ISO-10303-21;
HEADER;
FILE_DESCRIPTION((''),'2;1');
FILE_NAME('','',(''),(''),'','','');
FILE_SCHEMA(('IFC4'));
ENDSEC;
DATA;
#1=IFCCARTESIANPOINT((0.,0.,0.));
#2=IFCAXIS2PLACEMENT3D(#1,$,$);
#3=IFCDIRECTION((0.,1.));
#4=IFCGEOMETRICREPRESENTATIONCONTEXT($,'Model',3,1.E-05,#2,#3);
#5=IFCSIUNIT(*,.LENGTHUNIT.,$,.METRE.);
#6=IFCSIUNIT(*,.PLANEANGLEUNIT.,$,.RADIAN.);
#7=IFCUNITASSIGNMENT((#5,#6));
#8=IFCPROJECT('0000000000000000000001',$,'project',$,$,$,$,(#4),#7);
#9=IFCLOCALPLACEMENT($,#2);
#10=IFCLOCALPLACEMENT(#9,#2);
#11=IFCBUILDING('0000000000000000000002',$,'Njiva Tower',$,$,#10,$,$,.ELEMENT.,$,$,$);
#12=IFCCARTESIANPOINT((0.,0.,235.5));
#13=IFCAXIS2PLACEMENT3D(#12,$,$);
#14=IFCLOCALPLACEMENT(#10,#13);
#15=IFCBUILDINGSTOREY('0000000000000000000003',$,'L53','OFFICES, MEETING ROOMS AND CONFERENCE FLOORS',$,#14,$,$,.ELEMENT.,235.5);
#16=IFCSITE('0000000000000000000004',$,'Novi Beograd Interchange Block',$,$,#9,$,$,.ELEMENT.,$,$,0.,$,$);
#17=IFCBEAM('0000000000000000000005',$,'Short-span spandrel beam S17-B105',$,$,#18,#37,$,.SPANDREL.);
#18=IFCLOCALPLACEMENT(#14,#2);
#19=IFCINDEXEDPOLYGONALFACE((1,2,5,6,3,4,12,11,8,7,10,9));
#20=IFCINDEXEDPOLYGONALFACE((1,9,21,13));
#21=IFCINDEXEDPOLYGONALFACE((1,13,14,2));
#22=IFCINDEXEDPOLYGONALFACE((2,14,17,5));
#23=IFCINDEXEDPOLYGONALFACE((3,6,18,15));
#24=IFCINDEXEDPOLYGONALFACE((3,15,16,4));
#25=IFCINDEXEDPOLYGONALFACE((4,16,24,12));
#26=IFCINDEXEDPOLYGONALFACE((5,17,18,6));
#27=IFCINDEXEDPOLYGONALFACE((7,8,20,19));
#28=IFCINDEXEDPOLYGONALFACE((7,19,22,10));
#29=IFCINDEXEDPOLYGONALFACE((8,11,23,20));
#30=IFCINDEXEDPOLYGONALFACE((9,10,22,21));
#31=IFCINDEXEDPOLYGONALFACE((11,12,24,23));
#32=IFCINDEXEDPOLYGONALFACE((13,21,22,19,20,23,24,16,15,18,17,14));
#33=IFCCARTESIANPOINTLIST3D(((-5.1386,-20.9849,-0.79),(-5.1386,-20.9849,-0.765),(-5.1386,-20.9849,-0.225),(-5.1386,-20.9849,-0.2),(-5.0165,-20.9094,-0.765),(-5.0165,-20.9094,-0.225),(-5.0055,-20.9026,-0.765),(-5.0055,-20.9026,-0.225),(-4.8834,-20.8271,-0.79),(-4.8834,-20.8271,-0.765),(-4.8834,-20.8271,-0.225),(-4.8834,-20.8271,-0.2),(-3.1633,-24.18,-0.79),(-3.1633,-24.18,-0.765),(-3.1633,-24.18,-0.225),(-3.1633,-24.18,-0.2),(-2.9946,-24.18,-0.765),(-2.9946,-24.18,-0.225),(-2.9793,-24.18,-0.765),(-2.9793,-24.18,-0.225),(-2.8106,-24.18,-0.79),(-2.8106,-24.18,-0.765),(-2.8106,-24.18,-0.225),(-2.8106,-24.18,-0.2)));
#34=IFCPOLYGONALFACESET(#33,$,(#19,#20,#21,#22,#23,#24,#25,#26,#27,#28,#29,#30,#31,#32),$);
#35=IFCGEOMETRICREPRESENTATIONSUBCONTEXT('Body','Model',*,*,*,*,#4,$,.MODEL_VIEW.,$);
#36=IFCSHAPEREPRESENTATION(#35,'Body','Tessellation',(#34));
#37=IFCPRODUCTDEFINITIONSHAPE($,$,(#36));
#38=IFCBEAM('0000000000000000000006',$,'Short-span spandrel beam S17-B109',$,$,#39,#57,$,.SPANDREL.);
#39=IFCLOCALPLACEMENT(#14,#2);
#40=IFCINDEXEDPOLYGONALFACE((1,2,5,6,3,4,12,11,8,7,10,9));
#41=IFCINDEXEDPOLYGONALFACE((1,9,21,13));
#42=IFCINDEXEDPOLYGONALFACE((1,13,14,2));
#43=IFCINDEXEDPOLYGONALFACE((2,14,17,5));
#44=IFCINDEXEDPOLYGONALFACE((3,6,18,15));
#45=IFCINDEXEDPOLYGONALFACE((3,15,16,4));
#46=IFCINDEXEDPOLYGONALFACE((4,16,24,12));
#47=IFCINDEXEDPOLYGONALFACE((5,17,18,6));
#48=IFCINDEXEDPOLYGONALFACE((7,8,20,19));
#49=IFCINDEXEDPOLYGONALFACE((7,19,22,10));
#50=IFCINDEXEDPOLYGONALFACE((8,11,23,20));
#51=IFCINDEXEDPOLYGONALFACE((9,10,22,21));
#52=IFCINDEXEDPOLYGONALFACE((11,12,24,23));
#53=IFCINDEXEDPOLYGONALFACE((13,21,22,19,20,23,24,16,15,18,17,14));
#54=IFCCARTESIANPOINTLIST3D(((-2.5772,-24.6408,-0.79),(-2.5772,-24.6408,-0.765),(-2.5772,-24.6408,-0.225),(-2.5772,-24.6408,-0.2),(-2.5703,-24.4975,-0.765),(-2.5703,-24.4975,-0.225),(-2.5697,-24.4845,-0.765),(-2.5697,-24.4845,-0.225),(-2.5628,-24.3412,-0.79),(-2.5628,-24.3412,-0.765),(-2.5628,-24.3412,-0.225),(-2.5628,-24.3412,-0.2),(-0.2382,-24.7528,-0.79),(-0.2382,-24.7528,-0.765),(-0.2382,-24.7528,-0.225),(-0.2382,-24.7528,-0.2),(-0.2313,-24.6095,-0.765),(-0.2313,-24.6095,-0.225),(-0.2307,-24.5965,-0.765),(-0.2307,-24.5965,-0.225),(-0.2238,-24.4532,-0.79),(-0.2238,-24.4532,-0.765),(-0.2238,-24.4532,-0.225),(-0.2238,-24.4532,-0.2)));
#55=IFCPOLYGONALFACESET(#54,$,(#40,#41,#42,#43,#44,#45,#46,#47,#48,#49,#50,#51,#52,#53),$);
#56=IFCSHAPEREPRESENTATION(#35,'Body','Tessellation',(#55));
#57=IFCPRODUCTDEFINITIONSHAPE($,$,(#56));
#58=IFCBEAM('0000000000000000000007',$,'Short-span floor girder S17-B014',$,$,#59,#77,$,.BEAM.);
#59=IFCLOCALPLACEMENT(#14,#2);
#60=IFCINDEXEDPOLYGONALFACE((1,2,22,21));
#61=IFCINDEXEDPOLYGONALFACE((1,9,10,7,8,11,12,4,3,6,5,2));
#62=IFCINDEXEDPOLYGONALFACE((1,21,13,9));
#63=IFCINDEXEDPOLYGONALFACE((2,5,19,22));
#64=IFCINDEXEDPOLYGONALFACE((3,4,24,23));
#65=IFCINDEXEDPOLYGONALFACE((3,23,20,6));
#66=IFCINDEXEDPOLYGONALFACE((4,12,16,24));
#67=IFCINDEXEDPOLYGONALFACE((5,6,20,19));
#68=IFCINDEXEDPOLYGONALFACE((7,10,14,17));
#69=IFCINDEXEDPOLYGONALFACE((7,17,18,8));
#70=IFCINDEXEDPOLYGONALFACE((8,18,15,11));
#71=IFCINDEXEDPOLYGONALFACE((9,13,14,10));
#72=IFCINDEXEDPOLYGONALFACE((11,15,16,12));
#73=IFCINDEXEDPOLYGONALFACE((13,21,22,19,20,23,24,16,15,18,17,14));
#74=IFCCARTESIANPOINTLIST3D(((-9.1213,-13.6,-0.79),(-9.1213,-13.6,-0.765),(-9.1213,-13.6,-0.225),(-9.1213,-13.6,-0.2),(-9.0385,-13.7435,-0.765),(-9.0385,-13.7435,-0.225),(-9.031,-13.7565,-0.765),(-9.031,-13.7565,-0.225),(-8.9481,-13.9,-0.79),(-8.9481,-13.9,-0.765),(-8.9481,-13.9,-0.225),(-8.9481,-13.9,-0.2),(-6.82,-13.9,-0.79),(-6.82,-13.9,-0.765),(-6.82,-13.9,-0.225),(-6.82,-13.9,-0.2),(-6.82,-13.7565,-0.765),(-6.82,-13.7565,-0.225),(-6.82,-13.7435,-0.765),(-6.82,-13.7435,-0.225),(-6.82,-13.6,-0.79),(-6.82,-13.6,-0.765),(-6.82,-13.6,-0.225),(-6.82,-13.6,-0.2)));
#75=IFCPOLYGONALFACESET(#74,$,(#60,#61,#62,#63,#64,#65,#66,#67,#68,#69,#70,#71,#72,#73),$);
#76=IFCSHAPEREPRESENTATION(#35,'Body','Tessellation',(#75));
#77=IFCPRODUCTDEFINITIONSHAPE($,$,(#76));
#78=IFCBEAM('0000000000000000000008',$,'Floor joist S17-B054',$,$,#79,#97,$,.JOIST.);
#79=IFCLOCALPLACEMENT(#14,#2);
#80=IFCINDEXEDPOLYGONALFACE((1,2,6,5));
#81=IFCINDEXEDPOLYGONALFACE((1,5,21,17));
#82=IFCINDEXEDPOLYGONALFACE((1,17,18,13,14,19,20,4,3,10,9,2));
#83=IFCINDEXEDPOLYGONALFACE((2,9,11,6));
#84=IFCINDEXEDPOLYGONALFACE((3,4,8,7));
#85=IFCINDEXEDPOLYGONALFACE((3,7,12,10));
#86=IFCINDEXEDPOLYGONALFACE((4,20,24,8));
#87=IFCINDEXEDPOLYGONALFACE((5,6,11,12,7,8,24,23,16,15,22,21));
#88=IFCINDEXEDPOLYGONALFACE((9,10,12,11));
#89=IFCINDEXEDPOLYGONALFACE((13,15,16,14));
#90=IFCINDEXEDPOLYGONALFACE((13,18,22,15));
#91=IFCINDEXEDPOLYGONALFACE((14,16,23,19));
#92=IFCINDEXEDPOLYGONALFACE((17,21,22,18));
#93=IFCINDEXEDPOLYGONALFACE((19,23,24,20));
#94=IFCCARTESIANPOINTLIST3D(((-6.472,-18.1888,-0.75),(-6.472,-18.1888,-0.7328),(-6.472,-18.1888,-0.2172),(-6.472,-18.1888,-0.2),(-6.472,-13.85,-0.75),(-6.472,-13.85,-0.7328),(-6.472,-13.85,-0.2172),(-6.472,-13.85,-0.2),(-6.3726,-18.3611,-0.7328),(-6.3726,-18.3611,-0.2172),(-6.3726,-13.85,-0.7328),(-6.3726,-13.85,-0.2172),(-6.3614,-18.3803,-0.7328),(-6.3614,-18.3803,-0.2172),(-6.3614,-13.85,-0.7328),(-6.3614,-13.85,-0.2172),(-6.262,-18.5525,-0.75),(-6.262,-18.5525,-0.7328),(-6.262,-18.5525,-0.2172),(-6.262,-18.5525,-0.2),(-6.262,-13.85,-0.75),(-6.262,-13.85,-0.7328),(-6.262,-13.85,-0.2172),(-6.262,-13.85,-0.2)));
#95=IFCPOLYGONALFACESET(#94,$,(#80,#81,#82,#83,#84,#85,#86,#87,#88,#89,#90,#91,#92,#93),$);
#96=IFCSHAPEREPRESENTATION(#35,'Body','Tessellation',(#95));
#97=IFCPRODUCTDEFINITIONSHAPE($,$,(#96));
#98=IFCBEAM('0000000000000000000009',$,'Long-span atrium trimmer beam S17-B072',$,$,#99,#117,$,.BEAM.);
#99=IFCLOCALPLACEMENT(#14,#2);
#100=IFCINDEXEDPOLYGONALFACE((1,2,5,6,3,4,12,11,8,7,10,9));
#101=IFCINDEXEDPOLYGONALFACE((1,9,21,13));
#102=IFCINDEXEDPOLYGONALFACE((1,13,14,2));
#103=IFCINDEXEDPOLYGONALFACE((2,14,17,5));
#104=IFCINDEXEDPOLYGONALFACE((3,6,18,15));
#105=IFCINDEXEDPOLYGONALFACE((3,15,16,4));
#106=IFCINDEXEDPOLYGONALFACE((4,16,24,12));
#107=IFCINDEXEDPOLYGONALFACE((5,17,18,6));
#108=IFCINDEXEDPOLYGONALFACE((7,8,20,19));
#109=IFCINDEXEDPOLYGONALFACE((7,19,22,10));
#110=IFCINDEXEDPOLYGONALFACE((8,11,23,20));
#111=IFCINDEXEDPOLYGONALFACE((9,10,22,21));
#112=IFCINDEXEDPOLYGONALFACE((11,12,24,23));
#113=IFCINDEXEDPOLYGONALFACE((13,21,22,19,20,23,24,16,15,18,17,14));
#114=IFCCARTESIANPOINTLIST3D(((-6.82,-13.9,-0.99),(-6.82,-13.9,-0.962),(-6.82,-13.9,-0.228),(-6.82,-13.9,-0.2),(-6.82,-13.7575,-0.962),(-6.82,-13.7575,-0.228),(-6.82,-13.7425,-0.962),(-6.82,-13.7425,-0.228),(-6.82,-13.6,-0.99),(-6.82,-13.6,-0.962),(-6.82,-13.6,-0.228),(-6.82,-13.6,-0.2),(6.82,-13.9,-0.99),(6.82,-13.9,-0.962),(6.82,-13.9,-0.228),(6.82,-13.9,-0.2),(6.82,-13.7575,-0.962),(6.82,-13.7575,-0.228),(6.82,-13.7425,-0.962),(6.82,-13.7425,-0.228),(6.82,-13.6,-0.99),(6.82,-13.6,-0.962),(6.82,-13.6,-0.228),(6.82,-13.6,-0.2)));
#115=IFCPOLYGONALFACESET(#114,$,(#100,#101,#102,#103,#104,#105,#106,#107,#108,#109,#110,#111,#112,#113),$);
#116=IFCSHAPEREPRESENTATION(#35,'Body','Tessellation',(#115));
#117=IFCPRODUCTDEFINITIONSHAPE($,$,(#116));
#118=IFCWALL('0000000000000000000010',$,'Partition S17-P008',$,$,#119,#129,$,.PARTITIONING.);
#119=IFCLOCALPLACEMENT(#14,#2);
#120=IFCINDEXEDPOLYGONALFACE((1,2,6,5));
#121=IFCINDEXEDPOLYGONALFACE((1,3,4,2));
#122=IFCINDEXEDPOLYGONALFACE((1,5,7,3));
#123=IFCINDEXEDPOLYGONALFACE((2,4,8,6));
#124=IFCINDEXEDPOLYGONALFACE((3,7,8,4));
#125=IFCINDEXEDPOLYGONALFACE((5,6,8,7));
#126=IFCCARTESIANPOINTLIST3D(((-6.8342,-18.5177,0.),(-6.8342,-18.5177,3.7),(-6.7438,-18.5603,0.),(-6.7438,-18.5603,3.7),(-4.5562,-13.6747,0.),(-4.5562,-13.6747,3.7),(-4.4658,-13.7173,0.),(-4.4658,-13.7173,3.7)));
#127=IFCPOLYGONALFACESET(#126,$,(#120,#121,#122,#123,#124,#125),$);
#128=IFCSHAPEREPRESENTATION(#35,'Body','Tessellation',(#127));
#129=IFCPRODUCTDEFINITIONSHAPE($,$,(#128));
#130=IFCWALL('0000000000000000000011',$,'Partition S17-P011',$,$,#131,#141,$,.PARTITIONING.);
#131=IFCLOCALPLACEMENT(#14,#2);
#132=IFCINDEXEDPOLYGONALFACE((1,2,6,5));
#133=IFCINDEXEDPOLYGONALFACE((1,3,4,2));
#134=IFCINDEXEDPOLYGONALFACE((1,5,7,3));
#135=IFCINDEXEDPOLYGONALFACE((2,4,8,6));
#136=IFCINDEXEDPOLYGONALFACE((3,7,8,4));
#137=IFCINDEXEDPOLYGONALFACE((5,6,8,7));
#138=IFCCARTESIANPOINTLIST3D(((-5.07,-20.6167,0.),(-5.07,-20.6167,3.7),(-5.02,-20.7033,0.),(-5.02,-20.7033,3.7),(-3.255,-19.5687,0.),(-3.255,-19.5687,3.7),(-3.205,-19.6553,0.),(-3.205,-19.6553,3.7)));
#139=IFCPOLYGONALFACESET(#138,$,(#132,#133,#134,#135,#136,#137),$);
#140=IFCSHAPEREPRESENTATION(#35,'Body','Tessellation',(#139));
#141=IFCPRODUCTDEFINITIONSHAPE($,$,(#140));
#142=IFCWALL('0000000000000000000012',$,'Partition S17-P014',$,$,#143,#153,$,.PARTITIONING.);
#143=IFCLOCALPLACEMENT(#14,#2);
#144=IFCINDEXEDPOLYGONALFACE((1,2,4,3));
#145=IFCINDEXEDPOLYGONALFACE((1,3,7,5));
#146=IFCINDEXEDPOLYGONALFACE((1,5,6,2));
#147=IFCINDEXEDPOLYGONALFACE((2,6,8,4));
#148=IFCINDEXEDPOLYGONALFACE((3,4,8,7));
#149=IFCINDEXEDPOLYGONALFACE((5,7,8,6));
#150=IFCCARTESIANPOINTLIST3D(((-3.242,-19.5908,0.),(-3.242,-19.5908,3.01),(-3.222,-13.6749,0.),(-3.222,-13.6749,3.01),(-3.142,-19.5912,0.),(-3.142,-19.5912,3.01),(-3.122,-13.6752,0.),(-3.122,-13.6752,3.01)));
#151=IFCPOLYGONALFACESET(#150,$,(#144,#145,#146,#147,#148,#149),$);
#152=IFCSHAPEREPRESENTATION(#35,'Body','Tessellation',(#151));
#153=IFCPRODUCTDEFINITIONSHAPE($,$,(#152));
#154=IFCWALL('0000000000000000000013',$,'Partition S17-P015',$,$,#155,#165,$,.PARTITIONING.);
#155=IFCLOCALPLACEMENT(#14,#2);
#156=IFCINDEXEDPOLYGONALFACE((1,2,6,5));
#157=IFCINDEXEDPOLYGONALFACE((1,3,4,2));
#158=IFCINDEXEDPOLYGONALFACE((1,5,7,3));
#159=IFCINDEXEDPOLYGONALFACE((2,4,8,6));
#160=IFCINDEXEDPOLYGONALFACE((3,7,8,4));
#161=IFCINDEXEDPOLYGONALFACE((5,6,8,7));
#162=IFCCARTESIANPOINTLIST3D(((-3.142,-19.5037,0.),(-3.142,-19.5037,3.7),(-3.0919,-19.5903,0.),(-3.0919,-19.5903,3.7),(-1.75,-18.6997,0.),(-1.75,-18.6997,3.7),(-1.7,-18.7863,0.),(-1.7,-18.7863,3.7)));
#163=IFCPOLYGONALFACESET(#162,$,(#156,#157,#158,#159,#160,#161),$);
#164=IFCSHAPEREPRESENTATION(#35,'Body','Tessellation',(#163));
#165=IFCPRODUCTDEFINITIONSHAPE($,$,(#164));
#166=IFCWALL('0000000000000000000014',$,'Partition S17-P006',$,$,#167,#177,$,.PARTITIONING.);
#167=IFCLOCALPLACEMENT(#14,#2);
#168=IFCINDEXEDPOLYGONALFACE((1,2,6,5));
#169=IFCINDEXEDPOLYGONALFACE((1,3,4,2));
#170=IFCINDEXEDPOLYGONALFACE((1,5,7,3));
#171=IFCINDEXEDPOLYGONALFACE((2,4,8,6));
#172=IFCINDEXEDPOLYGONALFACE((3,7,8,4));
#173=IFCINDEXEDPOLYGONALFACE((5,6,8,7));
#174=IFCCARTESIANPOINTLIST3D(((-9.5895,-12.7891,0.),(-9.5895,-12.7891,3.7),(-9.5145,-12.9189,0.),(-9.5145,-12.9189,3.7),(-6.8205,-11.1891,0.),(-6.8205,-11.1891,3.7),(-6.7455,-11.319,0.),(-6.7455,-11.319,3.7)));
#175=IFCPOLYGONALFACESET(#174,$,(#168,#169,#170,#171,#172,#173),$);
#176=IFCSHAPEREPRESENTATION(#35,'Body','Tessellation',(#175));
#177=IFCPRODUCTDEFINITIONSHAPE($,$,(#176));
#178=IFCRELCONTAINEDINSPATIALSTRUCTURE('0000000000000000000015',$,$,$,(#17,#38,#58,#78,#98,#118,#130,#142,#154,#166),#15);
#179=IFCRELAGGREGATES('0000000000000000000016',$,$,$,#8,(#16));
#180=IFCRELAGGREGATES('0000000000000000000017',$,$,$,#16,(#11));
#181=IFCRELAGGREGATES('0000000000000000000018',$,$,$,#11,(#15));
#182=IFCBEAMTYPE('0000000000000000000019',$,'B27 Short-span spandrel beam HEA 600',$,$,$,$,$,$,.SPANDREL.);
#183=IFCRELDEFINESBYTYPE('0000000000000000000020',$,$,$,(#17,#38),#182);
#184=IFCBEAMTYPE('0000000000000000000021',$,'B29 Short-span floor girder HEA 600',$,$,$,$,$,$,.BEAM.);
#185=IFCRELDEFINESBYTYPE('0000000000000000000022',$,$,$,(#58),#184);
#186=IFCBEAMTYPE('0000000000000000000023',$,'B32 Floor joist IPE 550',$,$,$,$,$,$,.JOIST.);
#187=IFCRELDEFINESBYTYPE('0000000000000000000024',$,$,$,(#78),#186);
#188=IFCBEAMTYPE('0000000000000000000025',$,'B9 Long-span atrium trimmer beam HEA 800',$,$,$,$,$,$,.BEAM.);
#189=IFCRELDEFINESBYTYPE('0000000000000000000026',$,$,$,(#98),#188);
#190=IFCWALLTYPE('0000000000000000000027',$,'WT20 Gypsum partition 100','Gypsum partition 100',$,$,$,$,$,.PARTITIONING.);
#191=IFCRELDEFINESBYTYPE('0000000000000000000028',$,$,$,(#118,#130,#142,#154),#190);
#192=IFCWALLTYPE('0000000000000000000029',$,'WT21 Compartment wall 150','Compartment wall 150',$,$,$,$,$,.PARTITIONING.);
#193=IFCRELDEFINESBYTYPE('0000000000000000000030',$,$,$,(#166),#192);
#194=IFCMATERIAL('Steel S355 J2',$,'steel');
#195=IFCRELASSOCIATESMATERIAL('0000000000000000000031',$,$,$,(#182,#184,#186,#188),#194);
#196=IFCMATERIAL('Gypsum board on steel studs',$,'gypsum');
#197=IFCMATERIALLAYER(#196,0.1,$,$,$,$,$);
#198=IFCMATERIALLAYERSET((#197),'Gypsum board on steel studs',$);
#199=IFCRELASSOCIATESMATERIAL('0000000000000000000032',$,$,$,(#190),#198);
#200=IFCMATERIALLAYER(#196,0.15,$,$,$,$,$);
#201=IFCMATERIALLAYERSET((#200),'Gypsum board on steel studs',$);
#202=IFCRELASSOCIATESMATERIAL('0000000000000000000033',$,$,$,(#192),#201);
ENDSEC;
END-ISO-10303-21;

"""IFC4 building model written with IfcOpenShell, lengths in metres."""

from ifc_helpers import new_model, si_unit, direction, frame, frame_2d, origin, origin_2d, place, context, subcontext, project, spatial, rectangle, i_section, extrude, clip, halfspace, material, layer, layer_set, material_profile, profile_set, type_object, element, save


model = new_model("IFC4")

# Units and contexts
model_context = context("Model", 3, precision=1e-05, world=origin(), true_north=direction((0.0, 1.0)))
body_context = subcontext(model_context, "Body", "Model", "MODEL_VIEW")
ifc_project = project(units=[si_unit("LENGTHUNIT", "METRE"), si_unit("PLANEANGLEUNIT", "RADIAN")], contexts=[model_context])

# Site, building, storey
site_placement = place(None, origin())
site = spatial("IfcSite", under=ifc_project, at=site_placement, Name="Novi Beograd Interchange Block", CompositionType="ELEMENT", RefElevation=0.0)
building_placement = place(site_placement, origin())
building = spatial("IfcBuilding", under=site, at=building_placement, Name="Njiva Tower", CompositionType="ELEMENT")
storey_placement = place(building_placement, frame((0.0, 0.0, 235.5)))
storey = spatial("IfcBuildingStorey", under=building, at=storey_placement, Name="L53", Description="OFFICES, MEETING ROOMS AND CONFERENCE FLOORS", CompositionType="ELEMENT", Elevation=235.5)

# Shared definitions
ifc_material_1 = material(Name="Steel S355 J2", Category="steel")

# Beams
ifc_material_profile_1 = material_profile(ifc_material_1, i_section(OverallWidth=0.3, OverallDepth=0.59, WebThickness=0.013, FlangeThickness=0.025, at=origin_2d()), Name="HEA 600")
ifc_profile_set_1 = profile_set([ifc_material_profile_1], Name="Steel S355 J2")
beam_type_1 = type_object("IfcBeamType", Name="B27 Short-span spandrel beam HEA 600", PredefinedType="SPANDREL", material=ifc_profile_set_1)
beam_1_placement = place(storey_placement, frame((-5.011, -20.906, -0.495), z_axis=(0.525836, -0.850586, 0.0), x_axis=(0.850586, 0.525836, 0.0)))
element("IfcBeam", 1, at=beam_1_placement, inside=storey, type_object=beam_type_1, Name="Short-span spandrel beam S17-B105", PredefinedType="SPANDREL", context=body_context, shape_type="Clipping", body=[
    clip(extrude(i_section(OverallWidth=0.3, OverallDepth=0.59, WebThickness=0.013, FlangeThickness=0.025, at=origin_2d()), origin(), (0.0, 0.0, 1.0), 3.9621), halfspace(frame((-0.0263, 0.0, 3.8329), z_axis=(-0.525836, 0.0, 0.850586), x_axis=(0.0, 1.0, 0.0)), False)),
])
beam_2_placement = place(storey_placement, frame((-2.57, -24.491, -0.495), z_axis=(0.998856, -0.047829, 0.0), x_axis=(0.047829, 0.998856, 0.0)))
element("IfcBeam", 2, at=beam_2_placement, inside=storey, type_object=beam_type_1, Name="Short-span spandrel beam S17-B109", PredefinedType="SPANDREL", context=body_context, shape_type="SweptSolid", body=[
    extrude(i_section(OverallWidth=0.3, OverallDepth=0.59, WebThickness=0.013, FlangeThickness=0.025, at=origin_2d()), origin(), (0.0, 0.0, 1.0), 2.3417),
])
ifc_material_profile_2 = material_profile(ifc_material_1, i_section(OverallWidth=0.3, OverallDepth=0.59, WebThickness=0.013, FlangeThickness=0.025, at=origin_2d()), Name="HEA 600")
ifc_profile_set_2 = profile_set([ifc_material_profile_2], Name="Steel S355 J2")
beam_type_2 = type_object("IfcBeamType", Name="B29 Short-span floor girder HEA 600", PredefinedType="BEAM", material=ifc_profile_set_2)
beam_3_placement = place(storey_placement, frame((-9.142, -13.75, -0.495), z_axis=(1.0, 0.0, 0.0), x_axis=(0.0, 1.0, 0.0)))
element("IfcBeam", 3, at=beam_3_placement, inside=storey, type_object=beam_type_2, Name="Short-span floor girder S17-B014", PredefinedType="BEAM", context=body_context, shape_type="Clipping", body=[
    clip(extrude(i_section(OverallWidth=0.3, OverallDepth=0.59, WebThickness=0.013, FlangeThickness=0.025, at=origin_2d()), origin(), (0.0, 0.0, 1.0), 2.322), halfspace(frame((-0.025, 0.0, 0.1217), z_axis=(-0.499998, 0.0, -0.866027), x_axis=(0.0, -1.0, 0.0)), False)),
])
ifc_material_profile_3 = material_profile(ifc_material_1, i_section(OverallWidth=0.21, OverallDepth=0.55, WebThickness=0.0111, FlangeThickness=0.0172, at=origin_2d()), Name="IPE 550")
ifc_profile_set_3 = profile_set([ifc_material_profile_3], Name="Steel S355 J2")
beam_type_3 = type_object("IfcBeamType", Name="B32 Floor joist IPE 550", PredefinedType="JOIST", material=ifc_profile_set_3)
beam_4_placement = place(storey_placement, frame((-6.367, -13.85, -0.475), z_axis=(0.0, -1.0, 0.0), x_axis=(1.0, 0.0, 0.0)))
element("IfcBeam", 4, at=beam_4_placement, inside=storey, type_object=beam_type_3, Name="Floor joist S17-B054", PredefinedType="JOIST", context=body_context, shape_type="Clipping", body=[
    clip(extrude(i_section(OverallWidth=0.21, OverallDepth=0.55, WebThickness=0.0111, FlangeThickness=0.0172, at=origin_2d()), origin(), (0.0, 0.0, 1.0), 4.723), halfspace(frame((-0.043, 0.0, 4.4462), z_axis=(-0.866027, 0.0, 0.499998), x_axis=(0.0, 1.0, 0.0)), False)),
])
ifc_material_profile_4 = material_profile(ifc_material_1, i_section(OverallWidth=0.3, OverallDepth=0.79, WebThickness=0.015, FlangeThickness=0.028, at=origin_2d()), Name="HEA 800")
ifc_profile_set_4 = profile_set([ifc_material_profile_4], Name="Steel S355 J2")
beam_type_4 = type_object("IfcBeamType", Name="B9 Long-span atrium trimmer beam HEA 800", PredefinedType="BEAM", material=ifc_profile_set_4)
beam_5_placement = place(storey_placement, frame((-6.82, -13.75, -0.595), z_axis=(1.0, 0.0, 0.0), x_axis=(0.0, 1.0, 0.0)))
element("IfcBeam", 5, at=beam_5_placement, inside=storey, type_object=beam_type_4, Name="Long-span atrium trimmer beam S17-B072", PredefinedType="BEAM", context=body_context, shape_type="SweptSolid", body=[
    extrude(i_section(OverallWidth=0.3, OverallDepth=0.79, WebThickness=0.015, FlangeThickness=0.028, at=origin_2d()), origin(), (0.0, 0.0, 1.0), 13.64),
])

# Walls
ifc_material_2 = material(Name="Gypsum board on steel studs", Category="gypsum")
ifc_layer_1 = layer(ifc_material_2, 0.1)
ifc_layer_set_1 = layer_set([ifc_layer_1], Name="Gypsum board on steel studs")
wall_type_1 = type_object("IfcWallType", Name="WT20 Gypsum partition 100", Description="Gypsum partition 100", PredefinedType="PARTITIONING", material=ifc_layer_set_1)
wall_1_placement = place(storey_placement, frame((-6.789, -18.539, 0.0), z_axis=(0.0, 0.0, 1.0), x_axis=(0.425635, 0.904895, 0.0)))
element("IfcWall", 6, at=wall_1_placement, inside=storey, type_object=wall_type_1, Name="Partition S17-P008", PredefinedType="PARTITIONING", context=body_context, shape_type="SweptSolid", body=[
    extrude(rectangle(XDim=5.352, YDim=0.1, at=frame_2d((2.676, 0.0))), origin(), (0.0, 0.0, 1.0), 3.7),
])
wall_2_placement = place(storey_placement, frame((-5.045, -20.66, 0.0), z_axis=(0.0, 0.0, 1.0), x_axis=(0.866003, 0.500039, 0.0)))
element("IfcWall", 7, at=wall_2_placement, inside=storey, type_object=wall_type_1, Name="Partition S17-P011", PredefinedType="PARTITIONING", context=body_context, shape_type="SweptSolid", body=[
    extrude(rectangle(XDim=2.0958, YDim=0.1, at=frame_2d((1.0479, 0.0))), origin(), (0.0, 0.0, 1.0), 3.7),
])
wall_3_placement = place(storey_placement, frame((-3.192, -19.591, 0.0), z_axis=(0.0, 0.0, 1.0), x_axis=(0.003381, 0.999994, 0.0)))
element("IfcWall", 8, at=wall_3_placement, inside=storey, type_object=wall_type_1, Name="Partition S17-P014", PredefinedType="PARTITIONING", context=body_context, shape_type="SweptSolid", body=[
    extrude(rectangle(XDim=5.916, YDim=0.1, at=frame_2d((2.958, 0.0))), origin(), (0.0, 0.0, 1.0), 3.01),
])
wall_4_placement = place(storey_placement, frame((-3.117, -19.547, 0.0), z_axis=(0.0, 0.0, 1.0), x_axis=(0.865937, 0.500153, 0.0)))
element("IfcWall", 9, at=wall_4_placement, inside=storey, type_object=wall_type_1, Name="Partition S17-P015", PredefinedType="PARTITIONING", context=body_context, shape_type="SweptSolid", body=[
    extrude(rectangle(XDim=1.6075, YDim=0.1, at=frame_2d((0.8038, 0.0))), origin(), (0.0, 0.0, 1.0), 3.7),
])
ifc_layer_2 = layer(ifc_material_2, 0.15)
ifc_layer_set_2 = layer_set([ifc_layer_2], Name="Gypsum board on steel studs")
wall_type_2 = type_object("IfcWallType", Name="WT21 Compartment wall 150", Description="Compartment wall 150", PredefinedType="PARTITIONING", material=ifc_layer_set_2)
wall_5_placement = place(storey_placement, frame((-9.552, -12.854, 0.0), z_axis=(0.0, 0.0, 1.0), x_axis=(0.865847, 0.500309, 0.0)))
element("IfcWall", 10, at=wall_5_placement, inside=storey, type_object=wall_type_2, Name="Partition S17-P006", PredefinedType="PARTITIONING", context=body_context, shape_type="SweptSolid", body=[
    extrude(rectangle(XDim=3.198, YDim=0.15, at=frame_2d((1.599, 0.0))), origin(), (0.0, 0.0, 1.0), 3.7),
])

save(model, "model.ifc")
